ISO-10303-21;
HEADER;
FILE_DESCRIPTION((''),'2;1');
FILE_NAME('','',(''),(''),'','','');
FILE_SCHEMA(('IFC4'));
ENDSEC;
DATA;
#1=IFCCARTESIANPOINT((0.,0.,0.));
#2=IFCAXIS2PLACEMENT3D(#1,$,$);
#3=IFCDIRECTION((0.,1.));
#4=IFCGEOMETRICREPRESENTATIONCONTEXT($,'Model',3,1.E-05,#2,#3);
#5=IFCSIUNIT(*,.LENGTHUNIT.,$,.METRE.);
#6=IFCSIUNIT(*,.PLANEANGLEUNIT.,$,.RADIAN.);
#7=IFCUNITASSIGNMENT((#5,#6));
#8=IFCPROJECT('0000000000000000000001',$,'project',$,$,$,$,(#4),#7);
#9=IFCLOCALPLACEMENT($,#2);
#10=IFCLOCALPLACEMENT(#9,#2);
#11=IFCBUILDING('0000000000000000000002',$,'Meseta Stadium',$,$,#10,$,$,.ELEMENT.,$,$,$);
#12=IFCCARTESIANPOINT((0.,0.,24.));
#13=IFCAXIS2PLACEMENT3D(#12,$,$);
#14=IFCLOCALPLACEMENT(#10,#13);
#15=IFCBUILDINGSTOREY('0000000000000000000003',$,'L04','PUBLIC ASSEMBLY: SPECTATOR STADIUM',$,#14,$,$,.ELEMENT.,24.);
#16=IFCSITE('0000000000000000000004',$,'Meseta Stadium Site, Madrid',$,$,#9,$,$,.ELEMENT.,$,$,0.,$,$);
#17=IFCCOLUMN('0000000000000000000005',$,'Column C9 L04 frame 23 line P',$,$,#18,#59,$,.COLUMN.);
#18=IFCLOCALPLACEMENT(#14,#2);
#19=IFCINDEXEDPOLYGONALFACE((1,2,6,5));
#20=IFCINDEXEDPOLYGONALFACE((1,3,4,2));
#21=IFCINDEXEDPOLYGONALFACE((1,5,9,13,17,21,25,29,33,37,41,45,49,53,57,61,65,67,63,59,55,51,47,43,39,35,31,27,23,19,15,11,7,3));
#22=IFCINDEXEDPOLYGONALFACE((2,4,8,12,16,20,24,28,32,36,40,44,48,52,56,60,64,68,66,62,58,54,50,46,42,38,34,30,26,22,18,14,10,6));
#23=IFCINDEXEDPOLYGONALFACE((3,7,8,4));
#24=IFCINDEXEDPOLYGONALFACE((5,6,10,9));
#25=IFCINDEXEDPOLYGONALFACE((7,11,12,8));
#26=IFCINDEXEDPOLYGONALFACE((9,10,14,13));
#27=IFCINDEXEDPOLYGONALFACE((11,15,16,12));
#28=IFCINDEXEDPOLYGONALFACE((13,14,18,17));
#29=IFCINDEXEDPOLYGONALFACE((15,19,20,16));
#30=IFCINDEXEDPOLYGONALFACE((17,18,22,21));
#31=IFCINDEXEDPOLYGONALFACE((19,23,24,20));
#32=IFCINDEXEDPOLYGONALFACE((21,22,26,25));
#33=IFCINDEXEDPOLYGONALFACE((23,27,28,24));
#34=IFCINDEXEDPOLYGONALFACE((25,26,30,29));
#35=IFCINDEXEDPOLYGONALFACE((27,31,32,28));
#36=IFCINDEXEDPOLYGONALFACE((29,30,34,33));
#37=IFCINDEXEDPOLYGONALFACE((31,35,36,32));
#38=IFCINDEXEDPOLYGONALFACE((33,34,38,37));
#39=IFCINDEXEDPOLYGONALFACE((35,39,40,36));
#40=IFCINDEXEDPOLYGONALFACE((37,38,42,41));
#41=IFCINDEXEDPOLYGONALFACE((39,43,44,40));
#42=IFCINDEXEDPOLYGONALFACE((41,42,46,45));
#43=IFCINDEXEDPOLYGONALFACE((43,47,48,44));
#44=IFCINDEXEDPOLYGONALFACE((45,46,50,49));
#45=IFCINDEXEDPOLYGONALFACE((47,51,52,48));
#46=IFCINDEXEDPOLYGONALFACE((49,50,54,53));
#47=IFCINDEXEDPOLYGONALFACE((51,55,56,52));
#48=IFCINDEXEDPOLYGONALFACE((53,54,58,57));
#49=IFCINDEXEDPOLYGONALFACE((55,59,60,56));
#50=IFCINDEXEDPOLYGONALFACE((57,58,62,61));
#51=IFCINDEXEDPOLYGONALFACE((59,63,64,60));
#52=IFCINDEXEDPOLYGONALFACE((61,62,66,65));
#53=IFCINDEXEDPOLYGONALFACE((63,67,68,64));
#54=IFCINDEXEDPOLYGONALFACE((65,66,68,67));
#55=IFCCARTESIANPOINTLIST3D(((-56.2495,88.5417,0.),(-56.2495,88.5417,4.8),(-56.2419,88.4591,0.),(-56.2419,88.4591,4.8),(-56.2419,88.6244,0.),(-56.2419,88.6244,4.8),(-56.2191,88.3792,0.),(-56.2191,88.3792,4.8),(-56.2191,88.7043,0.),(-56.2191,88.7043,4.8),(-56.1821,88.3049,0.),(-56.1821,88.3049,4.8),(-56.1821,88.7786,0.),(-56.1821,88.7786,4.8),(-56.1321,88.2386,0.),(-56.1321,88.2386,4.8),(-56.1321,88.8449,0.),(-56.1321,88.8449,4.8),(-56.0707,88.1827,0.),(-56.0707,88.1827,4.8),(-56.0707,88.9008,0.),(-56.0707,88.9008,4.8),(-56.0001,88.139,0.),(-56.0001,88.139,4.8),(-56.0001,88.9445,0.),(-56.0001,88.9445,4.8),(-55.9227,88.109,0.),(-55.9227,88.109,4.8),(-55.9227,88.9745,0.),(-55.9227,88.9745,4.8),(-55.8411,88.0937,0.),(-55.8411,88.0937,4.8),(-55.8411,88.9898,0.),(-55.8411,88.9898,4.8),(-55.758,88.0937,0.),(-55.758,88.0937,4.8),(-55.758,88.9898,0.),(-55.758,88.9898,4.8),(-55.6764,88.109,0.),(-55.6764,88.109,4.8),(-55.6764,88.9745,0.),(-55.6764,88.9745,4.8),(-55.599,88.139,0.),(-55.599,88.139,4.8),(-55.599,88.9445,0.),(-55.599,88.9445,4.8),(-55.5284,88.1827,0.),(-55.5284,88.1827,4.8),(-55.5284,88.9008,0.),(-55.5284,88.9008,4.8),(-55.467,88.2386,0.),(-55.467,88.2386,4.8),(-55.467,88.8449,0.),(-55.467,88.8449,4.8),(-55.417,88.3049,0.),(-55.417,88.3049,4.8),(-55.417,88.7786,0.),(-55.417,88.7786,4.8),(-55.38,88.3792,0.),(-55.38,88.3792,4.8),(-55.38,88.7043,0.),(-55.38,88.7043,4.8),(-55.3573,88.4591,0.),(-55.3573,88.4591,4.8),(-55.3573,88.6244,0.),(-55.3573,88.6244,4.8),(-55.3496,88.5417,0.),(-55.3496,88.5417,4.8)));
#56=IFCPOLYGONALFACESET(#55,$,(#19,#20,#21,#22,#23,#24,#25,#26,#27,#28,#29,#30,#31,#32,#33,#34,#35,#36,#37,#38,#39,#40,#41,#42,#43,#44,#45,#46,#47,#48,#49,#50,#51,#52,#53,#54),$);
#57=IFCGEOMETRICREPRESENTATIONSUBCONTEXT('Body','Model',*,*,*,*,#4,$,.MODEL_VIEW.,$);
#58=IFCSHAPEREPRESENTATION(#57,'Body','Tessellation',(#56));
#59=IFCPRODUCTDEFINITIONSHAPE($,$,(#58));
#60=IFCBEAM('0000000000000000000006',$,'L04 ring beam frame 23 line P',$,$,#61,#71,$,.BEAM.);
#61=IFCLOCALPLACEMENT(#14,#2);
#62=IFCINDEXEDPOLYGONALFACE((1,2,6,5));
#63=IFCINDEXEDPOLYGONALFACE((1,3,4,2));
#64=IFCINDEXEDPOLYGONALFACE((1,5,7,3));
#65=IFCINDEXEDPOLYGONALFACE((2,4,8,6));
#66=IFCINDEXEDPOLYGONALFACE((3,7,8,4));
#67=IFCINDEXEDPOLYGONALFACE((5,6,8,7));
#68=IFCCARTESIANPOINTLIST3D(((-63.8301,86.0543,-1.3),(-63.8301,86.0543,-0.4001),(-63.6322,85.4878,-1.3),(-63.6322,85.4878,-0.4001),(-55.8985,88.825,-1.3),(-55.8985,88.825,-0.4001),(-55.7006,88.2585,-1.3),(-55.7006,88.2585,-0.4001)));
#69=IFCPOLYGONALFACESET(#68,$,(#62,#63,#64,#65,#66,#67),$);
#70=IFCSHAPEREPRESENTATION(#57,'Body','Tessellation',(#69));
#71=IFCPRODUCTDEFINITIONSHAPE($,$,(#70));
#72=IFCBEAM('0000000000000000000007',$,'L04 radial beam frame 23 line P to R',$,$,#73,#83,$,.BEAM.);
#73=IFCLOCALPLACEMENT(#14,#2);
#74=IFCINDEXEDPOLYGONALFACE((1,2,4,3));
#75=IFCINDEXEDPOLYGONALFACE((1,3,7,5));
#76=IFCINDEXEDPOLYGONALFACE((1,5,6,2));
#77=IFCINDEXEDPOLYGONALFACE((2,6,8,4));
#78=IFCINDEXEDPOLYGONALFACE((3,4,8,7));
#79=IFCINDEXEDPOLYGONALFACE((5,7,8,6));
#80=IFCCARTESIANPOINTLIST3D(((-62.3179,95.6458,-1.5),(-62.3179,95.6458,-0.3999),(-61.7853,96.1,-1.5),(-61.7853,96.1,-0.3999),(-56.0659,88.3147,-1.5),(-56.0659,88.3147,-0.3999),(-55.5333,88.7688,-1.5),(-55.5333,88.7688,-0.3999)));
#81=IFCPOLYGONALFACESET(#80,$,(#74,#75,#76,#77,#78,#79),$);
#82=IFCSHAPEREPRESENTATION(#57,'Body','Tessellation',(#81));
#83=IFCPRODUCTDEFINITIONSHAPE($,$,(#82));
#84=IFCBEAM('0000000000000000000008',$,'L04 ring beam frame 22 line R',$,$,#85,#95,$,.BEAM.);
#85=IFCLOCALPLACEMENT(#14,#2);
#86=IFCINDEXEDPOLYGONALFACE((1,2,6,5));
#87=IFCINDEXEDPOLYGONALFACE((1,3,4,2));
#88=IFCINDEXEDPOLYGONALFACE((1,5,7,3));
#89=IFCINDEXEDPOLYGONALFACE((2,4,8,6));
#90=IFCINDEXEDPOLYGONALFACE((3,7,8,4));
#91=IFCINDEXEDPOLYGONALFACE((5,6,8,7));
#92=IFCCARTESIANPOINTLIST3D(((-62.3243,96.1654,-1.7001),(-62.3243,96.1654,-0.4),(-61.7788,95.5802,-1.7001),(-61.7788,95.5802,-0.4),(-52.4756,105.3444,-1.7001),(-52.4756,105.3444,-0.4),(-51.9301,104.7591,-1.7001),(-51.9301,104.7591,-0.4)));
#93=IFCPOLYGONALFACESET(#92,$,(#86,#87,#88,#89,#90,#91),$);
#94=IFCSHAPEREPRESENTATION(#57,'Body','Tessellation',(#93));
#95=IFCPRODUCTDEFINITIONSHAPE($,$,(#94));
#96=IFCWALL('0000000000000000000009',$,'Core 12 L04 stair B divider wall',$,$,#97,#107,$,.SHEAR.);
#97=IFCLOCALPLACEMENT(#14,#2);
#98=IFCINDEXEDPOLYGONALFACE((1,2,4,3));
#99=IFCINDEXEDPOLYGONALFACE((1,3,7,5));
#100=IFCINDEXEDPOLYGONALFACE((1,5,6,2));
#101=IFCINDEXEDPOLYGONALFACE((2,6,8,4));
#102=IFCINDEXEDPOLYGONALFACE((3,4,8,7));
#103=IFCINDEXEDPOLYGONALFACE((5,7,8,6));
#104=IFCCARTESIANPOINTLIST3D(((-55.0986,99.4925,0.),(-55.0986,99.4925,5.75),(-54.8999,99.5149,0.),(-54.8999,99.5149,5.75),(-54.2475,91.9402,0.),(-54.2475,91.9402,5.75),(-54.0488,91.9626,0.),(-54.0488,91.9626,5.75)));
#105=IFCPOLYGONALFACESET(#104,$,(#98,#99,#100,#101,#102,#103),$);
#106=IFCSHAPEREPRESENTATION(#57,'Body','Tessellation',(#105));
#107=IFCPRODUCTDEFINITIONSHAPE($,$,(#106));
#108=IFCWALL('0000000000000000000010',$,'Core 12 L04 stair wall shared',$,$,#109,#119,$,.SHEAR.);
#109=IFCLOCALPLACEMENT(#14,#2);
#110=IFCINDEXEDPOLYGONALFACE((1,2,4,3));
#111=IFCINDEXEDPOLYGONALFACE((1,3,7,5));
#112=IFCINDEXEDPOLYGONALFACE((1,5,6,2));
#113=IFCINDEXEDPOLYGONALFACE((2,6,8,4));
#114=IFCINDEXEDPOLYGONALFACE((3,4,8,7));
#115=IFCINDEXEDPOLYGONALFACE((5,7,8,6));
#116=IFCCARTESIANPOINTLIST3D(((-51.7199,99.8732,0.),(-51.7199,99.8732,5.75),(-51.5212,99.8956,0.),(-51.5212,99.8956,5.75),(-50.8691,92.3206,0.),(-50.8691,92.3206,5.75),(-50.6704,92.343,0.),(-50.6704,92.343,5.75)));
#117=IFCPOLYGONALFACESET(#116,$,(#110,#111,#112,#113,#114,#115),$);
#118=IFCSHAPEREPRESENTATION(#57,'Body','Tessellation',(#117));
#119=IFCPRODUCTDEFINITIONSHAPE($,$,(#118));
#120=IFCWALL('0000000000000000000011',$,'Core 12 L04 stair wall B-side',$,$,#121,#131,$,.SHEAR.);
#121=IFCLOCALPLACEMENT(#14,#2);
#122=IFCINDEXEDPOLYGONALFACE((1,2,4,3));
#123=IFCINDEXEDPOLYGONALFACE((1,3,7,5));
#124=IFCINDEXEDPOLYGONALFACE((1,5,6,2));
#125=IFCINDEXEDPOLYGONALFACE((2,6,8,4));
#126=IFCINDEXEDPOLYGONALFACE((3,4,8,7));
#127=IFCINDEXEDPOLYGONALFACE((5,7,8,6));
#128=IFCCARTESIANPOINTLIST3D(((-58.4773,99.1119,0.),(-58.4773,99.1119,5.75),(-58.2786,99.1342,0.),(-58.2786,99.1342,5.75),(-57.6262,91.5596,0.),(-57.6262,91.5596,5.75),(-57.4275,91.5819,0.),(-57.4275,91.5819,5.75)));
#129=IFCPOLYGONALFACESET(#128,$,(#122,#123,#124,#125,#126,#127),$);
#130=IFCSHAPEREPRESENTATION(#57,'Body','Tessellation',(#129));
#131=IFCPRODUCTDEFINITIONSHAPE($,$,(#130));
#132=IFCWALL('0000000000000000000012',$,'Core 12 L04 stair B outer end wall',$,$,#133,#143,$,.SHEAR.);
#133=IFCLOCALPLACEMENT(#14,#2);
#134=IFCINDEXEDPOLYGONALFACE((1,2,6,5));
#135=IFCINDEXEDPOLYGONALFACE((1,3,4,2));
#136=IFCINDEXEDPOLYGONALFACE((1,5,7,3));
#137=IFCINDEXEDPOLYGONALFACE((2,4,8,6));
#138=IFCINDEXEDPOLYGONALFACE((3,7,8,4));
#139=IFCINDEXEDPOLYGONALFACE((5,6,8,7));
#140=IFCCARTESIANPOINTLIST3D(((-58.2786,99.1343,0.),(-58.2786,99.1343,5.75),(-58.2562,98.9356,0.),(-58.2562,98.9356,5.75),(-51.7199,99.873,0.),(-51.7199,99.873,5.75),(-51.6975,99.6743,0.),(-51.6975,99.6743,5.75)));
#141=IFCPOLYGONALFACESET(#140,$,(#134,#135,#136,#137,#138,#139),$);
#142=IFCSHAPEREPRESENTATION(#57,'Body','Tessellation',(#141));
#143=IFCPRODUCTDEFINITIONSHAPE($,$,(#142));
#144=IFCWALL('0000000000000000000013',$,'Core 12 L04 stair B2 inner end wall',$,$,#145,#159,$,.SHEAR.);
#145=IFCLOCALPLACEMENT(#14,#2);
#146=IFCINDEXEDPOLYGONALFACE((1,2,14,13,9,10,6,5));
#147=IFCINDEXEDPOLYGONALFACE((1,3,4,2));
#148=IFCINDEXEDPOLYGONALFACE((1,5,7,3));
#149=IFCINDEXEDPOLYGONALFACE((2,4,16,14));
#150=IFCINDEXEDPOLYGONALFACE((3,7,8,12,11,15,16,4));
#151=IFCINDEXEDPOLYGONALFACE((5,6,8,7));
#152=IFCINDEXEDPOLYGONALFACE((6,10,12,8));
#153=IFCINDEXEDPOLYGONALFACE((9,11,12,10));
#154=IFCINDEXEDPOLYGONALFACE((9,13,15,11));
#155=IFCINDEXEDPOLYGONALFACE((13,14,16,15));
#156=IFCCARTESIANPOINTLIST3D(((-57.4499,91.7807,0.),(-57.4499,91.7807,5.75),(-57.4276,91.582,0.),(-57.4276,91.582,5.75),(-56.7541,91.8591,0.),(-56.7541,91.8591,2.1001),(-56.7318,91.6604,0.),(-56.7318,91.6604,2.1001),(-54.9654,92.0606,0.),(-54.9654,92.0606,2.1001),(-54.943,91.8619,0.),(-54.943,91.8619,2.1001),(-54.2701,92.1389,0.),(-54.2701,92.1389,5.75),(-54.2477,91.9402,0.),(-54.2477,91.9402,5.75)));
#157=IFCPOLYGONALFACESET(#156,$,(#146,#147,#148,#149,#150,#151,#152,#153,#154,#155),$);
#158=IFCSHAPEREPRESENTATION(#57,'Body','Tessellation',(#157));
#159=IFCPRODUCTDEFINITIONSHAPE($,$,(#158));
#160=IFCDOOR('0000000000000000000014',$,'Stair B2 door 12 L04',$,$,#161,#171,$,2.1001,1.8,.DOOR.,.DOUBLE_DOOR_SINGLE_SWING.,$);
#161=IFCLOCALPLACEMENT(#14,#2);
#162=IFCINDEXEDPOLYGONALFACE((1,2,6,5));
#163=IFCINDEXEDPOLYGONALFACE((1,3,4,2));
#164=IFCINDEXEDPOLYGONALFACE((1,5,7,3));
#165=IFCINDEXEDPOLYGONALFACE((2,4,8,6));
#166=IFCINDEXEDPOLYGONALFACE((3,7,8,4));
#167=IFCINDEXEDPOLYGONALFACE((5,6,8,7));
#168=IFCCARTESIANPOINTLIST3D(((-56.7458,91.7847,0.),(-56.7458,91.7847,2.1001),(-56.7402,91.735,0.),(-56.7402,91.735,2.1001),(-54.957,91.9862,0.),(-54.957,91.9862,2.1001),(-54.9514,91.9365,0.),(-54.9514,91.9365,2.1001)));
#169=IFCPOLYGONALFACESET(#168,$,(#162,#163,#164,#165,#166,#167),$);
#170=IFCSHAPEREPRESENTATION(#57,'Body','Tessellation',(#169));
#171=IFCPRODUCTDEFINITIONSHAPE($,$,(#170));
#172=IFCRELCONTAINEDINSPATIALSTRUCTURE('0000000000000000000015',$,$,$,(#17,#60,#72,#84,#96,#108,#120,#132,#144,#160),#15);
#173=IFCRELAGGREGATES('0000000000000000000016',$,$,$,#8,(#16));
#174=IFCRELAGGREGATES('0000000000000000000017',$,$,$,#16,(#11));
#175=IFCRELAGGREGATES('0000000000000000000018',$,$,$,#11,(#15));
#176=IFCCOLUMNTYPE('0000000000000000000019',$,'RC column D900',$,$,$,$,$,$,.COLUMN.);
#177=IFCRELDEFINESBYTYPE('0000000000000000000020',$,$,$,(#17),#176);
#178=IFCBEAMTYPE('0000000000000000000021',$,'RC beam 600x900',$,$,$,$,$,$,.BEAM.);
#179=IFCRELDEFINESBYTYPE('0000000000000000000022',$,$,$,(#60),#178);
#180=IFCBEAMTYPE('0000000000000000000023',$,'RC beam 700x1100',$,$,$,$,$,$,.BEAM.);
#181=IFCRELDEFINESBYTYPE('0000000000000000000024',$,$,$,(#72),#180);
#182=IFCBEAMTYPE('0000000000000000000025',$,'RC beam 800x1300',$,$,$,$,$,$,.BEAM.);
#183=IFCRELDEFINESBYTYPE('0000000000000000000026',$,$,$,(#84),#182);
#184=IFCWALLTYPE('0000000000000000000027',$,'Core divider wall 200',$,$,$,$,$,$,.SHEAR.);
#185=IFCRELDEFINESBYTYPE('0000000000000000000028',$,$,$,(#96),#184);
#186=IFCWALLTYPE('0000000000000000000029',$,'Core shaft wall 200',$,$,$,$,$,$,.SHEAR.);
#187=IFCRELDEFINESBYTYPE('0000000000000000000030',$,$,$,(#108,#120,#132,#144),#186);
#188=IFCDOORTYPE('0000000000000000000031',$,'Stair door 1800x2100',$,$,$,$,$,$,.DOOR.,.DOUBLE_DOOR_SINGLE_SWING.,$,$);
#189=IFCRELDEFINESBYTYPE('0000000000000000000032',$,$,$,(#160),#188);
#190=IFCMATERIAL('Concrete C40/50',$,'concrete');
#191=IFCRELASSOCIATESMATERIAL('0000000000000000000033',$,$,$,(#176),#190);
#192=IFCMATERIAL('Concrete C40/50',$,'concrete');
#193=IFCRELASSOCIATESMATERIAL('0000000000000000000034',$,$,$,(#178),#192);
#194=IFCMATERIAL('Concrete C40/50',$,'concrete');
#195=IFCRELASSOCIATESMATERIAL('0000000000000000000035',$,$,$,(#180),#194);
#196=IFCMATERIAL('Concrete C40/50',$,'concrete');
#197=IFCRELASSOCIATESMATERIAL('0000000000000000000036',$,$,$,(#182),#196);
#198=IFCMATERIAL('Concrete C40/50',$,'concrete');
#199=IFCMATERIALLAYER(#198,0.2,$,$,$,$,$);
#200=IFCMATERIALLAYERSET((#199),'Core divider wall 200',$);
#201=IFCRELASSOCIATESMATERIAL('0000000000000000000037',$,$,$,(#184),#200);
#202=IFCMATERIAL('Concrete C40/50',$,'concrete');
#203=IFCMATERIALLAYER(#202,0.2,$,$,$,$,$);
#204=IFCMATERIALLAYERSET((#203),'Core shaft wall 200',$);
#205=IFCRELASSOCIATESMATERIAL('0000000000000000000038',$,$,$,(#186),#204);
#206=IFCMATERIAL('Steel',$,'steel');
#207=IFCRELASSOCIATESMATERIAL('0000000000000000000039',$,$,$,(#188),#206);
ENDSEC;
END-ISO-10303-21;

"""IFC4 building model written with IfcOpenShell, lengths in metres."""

from ifc_helpers import new_model, si_unit, direction, frame, frame_2d, origin, origin_2d, place, context, subcontext, project, spatial, rectangle, circle, extrude, material, layer, layer_set, material_profile, profile_set, type_object, element, fill, save


model = new_model("IFC4")

# Units and contexts
model_context = context("Model", 3, precision=1e-05, world=origin(), true_north=direction((0.0, 1.0)))
body_context = subcontext(model_context, "Body", "Model", "MODEL_VIEW")
ifc_project = project(units=[si_unit("LENGTHUNIT", "METRE"), si_unit("PLANEANGLEUNIT", "RADIAN")], contexts=[model_context])

# Site, building, storey
site_placement = place(None, origin())
site = spatial("IfcSite", under=ifc_project, at=site_placement, Name="Meseta Stadium Site, Madrid", CompositionType="ELEMENT", RefElevation=0.0)
building_placement = place(site_placement, origin())
building = spatial("IfcBuilding", under=site, at=building_placement, Name="Meseta Stadium", CompositionType="ELEMENT")
storey_placement = place(building_placement, frame((0.0, 0.0, 24.0)))
storey = spatial("IfcBuildingStorey", under=building, at=storey_placement, Name="L04", Description="PUBLIC ASSEMBLY: SPECTATOR STADIUM", CompositionType="ELEMENT", Elevation=24.0)

# Column
ifc_material_1 = material(Name="Concrete C40/50", Category="concrete")
ifc_material_profile_1 = material_profile(ifc_material_1, circle(Radius=0.45, at=origin_2d()), Name="RC D900")
ifc_profile_set_1 = profile_set([ifc_material_profile_1], Name="Concrete C40/50")
column_type = type_object("IfcColumnType", Name="RC column D900", PredefinedType="COLUMN", material=ifc_profile_set_1)
column_placement = place(storey_placement, frame((-55.7996, 88.5417, 0.0), z_axis=(0.0, 0.0, 1.0), x_axis=(1.0, 0.0, 0.0)))
element("IfcColumn", 1, at=column_placement, inside=storey, type_object=column_type, Name="Column C9 L04 frame 23 line P", PredefinedType="COLUMN", context=body_context, shape_type="SweptSolid", body=[
    extrude(circle(Radius=0.45, at=origin_2d()), origin(), (0.0, 0.0, 1.0), 4.8),
])

# Beams
ifc_material_2 = material(Name="Concrete C40/50", Category="concrete")
ifc_material_profile_2 = material_profile(ifc_material_2, rectangle(XDim=0.6001, YDim=0.8999, at=origin_2d()), Name="RC 600x900")
ifc_profile_set_2 = profile_set([ifc_material_profile_2], Name="Concrete C40/50")
beam_type_1 = type_object("IfcBeamType", Name="RC beam 600x900", PredefinedType="BEAM", material=ifc_profile_set_2)
beam_1_placement = place(storey_placement, frame((-55.7996, 88.5417, -0.8501), z_axis=(-0.944056, -0.329786, 0.0), x_axis=(0.329786, -0.944056, 0.0)))
element("IfcBeam", 2, at=beam_1_placement, inside=storey, type_object=beam_type_1, Name="L04 ring beam frame 23 line P", PredefinedType="BEAM", context=body_context, shape_type="SweptSolid", body=[
    extrude(rectangle(XDim=0.6001, YDim=0.8999, at=origin_2d()), origin(), (0.0, 0.0, 1.0), 8.4016),
])
ifc_material_3 = material(Name="Concrete C40/50", Category="concrete")
ifc_material_profile_3 = material_profile(ifc_material_3, rectangle(XDim=0.7, YDim=1.1001, at=origin_2d()), Name="RC 700x1100")
ifc_profile_set_3 = profile_set([ifc_material_profile_3], Name="Concrete C40/50")
beam_type_2 = type_object("IfcBeamType", Name="RC beam 700x1100", PredefinedType="BEAM", material=ifc_profile_set_3)
beam_2_placement = place(storey_placement, frame((-55.7996, 88.5417, -0.95), z_axis=(-0.648886, 0.760885, 0.0), x_axis=(-0.760885, -0.648886, 0.0)))
element("IfcBeam", 3, at=beam_2_placement, inside=storey, type_object=beam_type_2, Name="L04 radial beam frame 23 line P to R", PredefinedType="BEAM", context=body_context, shape_type="SweptSolid", body=[
    extrude(rectangle(XDim=0.7, YDim=1.1001, at=origin_2d()), origin(), (0.0, 0.0, 1.0), 9.635),
])
ifc_material_4 = material(Name="Concrete C40/50", Category="concrete")
ifc_material_profile_4 = material_profile(ifc_material_4, rectangle(XDim=0.8, YDim=1.3, at=origin_2d()), Name="RC 800x1300")
ifc_profile_set_4 = profile_set([ifc_material_profile_4], Name="Concrete C40/50")
beam_type_3 = type_object("IfcBeamType", Name="RC beam 800x1300", PredefinedType="BEAM", material=ifc_profile_set_4)
beam_3_placement = place(storey_placement, frame((-52.2029, 105.0518, -1.05), z_axis=(-0.731541, -0.681798, 0.0), x_axis=(0.681798, -0.731541, 0.0)))
element("IfcBeam", 4, at=beam_3_placement, inside=storey, type_object=beam_type_3, Name="L04 ring beam frame 22 line R", PredefinedType="BEAM", context=body_context, shape_type="SweptSolid", body=[
    extrude(rectangle(XDim=0.8, YDim=1.3, at=origin_2d()), origin(), (0.0, 0.0, 1.0), 13.4629),
])

# Walls
ifc_material_5 = material(Name="Concrete C40/50", Category="concrete")
ifc_layer_1 = layer(ifc_material_5, 0.2)
ifc_layer_set_1 = layer_set([ifc_layer_1], Name="Core divider wall 200")
wall_type_1 = type_object("IfcWallType", Name="Core divider wall 200", PredefinedType="SHEAR", material=ifc_layer_set_1)
wall_1_placement = place(storey_placement, frame((-54.9993, 99.5037, 0.0), z_axis=(0.0, 0.0, 1.0), x_axis=(0.111983, -0.99371, 0.0)))
element("IfcWall", 5, at=wall_1_placement, inside=storey, type_object=wall_type_1, Name="Core 12 L04 stair B divider wall", PredefinedType="SHEAR", context=body_context, shape_type="SweptSolid", body=[
    extrude(rectangle(XDim=7.6001, YDim=0.2, at=frame_2d((3.8, 0.0))), origin(), (0.0, 0.0, 1.0), 5.75),
])
ifc_material_6 = material(Name="Concrete C40/50", Category="concrete")
ifc_layer_2 = layer(ifc_material_6, 0.2)
ifc_layer_set_2 = layer_set([ifc_layer_2], Name="Core shaft wall 200")
wall_type_2 = type_object("IfcWallType", Name="Core shaft wall 200", PredefinedType="SHEAR", material=ifc_layer_set_2)
wall_2_placement = place(storey_placement, frame((-51.6206, 99.8845, 0.0), z_axis=(0.0, 0.0, 1.0), x_axis=(0.111947, -0.993714, 0.0)))
element("IfcWall", 6, at=wall_2_placement, inside=storey, type_object=wall_type_2, Name="Core 12 L04 stair wall shared", PredefinedType="SHEAR", context=body_context, shape_type="SweptSolid", body=[
    extrude(rectangle(XDim=7.6003, YDim=0.2, at=frame_2d((3.8003, 0.0))), origin(), (0.0, 0.0, 1.0), 5.75),
])
wall_3_placement = place(storey_placement, frame((-58.3779, 99.123, 0.0), z_axis=(0.0, 0.0, 1.0), x_axis=(0.111983, -0.99371, 0.0)))
element("IfcWall", 7, at=wall_3_placement, inside=storey, type_object=wall_type_2, Name="Core 12 L04 stair wall B-side", PredefinedType="SHEAR", context=body_context, shape_type="SweptSolid", body=[
    extrude(rectangle(XDim=7.6001, YDim=0.2, at=frame_2d((3.8, 0.0))), origin(), (0.0, 0.0, 1.0), 5.75),
])
wall_4_placement = place(storey_placement, frame((-51.7087, 99.7737, 0.0), z_axis=(0.0, 0.0, 1.0), x_axis=(-0.993716, -0.111934, 0.0)))
element("IfcWall", 8, at=wall_4_placement, inside=storey, type_object=wall_type_2, Name="Core 12 L04 stair B outer end wall", PredefinedType="SHEAR", context=body_context, shape_type="SweptSolid", body=[
    extrude(rectangle(XDim=6.6001, YDim=0.2, at=frame_2d((3.3, 0.0))), origin(), (0.0, 0.0, 1.0), 5.75),
])

# Wall, opening, door
wall_5_placement = place(storey_placement, frame((-54.2588, 92.0396, 0.0), z_axis=(0.0, 0.0, 1.0), x_axis=(-0.993717, -0.111922, 0.0)))
wall_5 = element("IfcWall", 9, at=wall_5_placement, inside=storey, type_object=wall_type_2, Name="Core 12 L04 stair B2 inner end wall", PredefinedType="SHEAR", context=body_context, shape_type="SweptSolid", body=[
    extrude(rectangle(XDim=3.2, YDim=0.2, at=frame_2d((1.6001, 0.0))), origin(), (0.0, 0.0, 1.0), 5.75),
])
opening_1_placement = place(wall_5_placement, frame((0.7, 0.0, 0.0)))
opening_1 = element("IfcOpeningElement", 10, at=opening_1_placement, cuts=wall_5, PredefinedType="OPENING", context=body_context, shape_type="SweptSolid", body=[
    extrude(rectangle(XDim=1.8, YDim=2.1001, at=frame_2d((0.8999, 1.05))), frame((0.0, 0.1099, 0.0), z_axis=(0.0, -1.0, 0.0), x_axis=(1.0, 0.0, 0.0)), (0.0, 0.0, 1.0), 0.22),
])
ifc_material_7 = material(Name="Steel", Category="steel")
door_type_1 = type_object("IfcDoorType", Name="Stair door 1800x2100", OperationType="DOUBLE_DOOR_SINGLE_SWING", PredefinedType="DOOR", material=ifc_material_7)
door_1_placement = place(opening_1_placement, origin())
door_1 = element("IfcDoor", 11, at=door_1_placement, inside=storey, type_object=door_type_1, Name="Stair B2 door 12 L04", OperationType="DOUBLE_DOOR_SINGLE_SWING", OverallHeight=2.1001, OverallWidth=1.8, PredefinedType="DOOR", context=body_context, shape_type="SweptSolid", body=[
    extrude(rectangle(XDim=1.8, YDim=2.1001, at=frame_2d((0.8999, 1.05))), frame((0.0, 0.0249, 0.0), z_axis=(0.0, -1.0, 0.0), x_axis=(1.0, 0.0, 0.0)), (0.0, 0.0, 1.0), 0.05),
])
fill(opening_1, door_1)

save(model, "model.ifc")
